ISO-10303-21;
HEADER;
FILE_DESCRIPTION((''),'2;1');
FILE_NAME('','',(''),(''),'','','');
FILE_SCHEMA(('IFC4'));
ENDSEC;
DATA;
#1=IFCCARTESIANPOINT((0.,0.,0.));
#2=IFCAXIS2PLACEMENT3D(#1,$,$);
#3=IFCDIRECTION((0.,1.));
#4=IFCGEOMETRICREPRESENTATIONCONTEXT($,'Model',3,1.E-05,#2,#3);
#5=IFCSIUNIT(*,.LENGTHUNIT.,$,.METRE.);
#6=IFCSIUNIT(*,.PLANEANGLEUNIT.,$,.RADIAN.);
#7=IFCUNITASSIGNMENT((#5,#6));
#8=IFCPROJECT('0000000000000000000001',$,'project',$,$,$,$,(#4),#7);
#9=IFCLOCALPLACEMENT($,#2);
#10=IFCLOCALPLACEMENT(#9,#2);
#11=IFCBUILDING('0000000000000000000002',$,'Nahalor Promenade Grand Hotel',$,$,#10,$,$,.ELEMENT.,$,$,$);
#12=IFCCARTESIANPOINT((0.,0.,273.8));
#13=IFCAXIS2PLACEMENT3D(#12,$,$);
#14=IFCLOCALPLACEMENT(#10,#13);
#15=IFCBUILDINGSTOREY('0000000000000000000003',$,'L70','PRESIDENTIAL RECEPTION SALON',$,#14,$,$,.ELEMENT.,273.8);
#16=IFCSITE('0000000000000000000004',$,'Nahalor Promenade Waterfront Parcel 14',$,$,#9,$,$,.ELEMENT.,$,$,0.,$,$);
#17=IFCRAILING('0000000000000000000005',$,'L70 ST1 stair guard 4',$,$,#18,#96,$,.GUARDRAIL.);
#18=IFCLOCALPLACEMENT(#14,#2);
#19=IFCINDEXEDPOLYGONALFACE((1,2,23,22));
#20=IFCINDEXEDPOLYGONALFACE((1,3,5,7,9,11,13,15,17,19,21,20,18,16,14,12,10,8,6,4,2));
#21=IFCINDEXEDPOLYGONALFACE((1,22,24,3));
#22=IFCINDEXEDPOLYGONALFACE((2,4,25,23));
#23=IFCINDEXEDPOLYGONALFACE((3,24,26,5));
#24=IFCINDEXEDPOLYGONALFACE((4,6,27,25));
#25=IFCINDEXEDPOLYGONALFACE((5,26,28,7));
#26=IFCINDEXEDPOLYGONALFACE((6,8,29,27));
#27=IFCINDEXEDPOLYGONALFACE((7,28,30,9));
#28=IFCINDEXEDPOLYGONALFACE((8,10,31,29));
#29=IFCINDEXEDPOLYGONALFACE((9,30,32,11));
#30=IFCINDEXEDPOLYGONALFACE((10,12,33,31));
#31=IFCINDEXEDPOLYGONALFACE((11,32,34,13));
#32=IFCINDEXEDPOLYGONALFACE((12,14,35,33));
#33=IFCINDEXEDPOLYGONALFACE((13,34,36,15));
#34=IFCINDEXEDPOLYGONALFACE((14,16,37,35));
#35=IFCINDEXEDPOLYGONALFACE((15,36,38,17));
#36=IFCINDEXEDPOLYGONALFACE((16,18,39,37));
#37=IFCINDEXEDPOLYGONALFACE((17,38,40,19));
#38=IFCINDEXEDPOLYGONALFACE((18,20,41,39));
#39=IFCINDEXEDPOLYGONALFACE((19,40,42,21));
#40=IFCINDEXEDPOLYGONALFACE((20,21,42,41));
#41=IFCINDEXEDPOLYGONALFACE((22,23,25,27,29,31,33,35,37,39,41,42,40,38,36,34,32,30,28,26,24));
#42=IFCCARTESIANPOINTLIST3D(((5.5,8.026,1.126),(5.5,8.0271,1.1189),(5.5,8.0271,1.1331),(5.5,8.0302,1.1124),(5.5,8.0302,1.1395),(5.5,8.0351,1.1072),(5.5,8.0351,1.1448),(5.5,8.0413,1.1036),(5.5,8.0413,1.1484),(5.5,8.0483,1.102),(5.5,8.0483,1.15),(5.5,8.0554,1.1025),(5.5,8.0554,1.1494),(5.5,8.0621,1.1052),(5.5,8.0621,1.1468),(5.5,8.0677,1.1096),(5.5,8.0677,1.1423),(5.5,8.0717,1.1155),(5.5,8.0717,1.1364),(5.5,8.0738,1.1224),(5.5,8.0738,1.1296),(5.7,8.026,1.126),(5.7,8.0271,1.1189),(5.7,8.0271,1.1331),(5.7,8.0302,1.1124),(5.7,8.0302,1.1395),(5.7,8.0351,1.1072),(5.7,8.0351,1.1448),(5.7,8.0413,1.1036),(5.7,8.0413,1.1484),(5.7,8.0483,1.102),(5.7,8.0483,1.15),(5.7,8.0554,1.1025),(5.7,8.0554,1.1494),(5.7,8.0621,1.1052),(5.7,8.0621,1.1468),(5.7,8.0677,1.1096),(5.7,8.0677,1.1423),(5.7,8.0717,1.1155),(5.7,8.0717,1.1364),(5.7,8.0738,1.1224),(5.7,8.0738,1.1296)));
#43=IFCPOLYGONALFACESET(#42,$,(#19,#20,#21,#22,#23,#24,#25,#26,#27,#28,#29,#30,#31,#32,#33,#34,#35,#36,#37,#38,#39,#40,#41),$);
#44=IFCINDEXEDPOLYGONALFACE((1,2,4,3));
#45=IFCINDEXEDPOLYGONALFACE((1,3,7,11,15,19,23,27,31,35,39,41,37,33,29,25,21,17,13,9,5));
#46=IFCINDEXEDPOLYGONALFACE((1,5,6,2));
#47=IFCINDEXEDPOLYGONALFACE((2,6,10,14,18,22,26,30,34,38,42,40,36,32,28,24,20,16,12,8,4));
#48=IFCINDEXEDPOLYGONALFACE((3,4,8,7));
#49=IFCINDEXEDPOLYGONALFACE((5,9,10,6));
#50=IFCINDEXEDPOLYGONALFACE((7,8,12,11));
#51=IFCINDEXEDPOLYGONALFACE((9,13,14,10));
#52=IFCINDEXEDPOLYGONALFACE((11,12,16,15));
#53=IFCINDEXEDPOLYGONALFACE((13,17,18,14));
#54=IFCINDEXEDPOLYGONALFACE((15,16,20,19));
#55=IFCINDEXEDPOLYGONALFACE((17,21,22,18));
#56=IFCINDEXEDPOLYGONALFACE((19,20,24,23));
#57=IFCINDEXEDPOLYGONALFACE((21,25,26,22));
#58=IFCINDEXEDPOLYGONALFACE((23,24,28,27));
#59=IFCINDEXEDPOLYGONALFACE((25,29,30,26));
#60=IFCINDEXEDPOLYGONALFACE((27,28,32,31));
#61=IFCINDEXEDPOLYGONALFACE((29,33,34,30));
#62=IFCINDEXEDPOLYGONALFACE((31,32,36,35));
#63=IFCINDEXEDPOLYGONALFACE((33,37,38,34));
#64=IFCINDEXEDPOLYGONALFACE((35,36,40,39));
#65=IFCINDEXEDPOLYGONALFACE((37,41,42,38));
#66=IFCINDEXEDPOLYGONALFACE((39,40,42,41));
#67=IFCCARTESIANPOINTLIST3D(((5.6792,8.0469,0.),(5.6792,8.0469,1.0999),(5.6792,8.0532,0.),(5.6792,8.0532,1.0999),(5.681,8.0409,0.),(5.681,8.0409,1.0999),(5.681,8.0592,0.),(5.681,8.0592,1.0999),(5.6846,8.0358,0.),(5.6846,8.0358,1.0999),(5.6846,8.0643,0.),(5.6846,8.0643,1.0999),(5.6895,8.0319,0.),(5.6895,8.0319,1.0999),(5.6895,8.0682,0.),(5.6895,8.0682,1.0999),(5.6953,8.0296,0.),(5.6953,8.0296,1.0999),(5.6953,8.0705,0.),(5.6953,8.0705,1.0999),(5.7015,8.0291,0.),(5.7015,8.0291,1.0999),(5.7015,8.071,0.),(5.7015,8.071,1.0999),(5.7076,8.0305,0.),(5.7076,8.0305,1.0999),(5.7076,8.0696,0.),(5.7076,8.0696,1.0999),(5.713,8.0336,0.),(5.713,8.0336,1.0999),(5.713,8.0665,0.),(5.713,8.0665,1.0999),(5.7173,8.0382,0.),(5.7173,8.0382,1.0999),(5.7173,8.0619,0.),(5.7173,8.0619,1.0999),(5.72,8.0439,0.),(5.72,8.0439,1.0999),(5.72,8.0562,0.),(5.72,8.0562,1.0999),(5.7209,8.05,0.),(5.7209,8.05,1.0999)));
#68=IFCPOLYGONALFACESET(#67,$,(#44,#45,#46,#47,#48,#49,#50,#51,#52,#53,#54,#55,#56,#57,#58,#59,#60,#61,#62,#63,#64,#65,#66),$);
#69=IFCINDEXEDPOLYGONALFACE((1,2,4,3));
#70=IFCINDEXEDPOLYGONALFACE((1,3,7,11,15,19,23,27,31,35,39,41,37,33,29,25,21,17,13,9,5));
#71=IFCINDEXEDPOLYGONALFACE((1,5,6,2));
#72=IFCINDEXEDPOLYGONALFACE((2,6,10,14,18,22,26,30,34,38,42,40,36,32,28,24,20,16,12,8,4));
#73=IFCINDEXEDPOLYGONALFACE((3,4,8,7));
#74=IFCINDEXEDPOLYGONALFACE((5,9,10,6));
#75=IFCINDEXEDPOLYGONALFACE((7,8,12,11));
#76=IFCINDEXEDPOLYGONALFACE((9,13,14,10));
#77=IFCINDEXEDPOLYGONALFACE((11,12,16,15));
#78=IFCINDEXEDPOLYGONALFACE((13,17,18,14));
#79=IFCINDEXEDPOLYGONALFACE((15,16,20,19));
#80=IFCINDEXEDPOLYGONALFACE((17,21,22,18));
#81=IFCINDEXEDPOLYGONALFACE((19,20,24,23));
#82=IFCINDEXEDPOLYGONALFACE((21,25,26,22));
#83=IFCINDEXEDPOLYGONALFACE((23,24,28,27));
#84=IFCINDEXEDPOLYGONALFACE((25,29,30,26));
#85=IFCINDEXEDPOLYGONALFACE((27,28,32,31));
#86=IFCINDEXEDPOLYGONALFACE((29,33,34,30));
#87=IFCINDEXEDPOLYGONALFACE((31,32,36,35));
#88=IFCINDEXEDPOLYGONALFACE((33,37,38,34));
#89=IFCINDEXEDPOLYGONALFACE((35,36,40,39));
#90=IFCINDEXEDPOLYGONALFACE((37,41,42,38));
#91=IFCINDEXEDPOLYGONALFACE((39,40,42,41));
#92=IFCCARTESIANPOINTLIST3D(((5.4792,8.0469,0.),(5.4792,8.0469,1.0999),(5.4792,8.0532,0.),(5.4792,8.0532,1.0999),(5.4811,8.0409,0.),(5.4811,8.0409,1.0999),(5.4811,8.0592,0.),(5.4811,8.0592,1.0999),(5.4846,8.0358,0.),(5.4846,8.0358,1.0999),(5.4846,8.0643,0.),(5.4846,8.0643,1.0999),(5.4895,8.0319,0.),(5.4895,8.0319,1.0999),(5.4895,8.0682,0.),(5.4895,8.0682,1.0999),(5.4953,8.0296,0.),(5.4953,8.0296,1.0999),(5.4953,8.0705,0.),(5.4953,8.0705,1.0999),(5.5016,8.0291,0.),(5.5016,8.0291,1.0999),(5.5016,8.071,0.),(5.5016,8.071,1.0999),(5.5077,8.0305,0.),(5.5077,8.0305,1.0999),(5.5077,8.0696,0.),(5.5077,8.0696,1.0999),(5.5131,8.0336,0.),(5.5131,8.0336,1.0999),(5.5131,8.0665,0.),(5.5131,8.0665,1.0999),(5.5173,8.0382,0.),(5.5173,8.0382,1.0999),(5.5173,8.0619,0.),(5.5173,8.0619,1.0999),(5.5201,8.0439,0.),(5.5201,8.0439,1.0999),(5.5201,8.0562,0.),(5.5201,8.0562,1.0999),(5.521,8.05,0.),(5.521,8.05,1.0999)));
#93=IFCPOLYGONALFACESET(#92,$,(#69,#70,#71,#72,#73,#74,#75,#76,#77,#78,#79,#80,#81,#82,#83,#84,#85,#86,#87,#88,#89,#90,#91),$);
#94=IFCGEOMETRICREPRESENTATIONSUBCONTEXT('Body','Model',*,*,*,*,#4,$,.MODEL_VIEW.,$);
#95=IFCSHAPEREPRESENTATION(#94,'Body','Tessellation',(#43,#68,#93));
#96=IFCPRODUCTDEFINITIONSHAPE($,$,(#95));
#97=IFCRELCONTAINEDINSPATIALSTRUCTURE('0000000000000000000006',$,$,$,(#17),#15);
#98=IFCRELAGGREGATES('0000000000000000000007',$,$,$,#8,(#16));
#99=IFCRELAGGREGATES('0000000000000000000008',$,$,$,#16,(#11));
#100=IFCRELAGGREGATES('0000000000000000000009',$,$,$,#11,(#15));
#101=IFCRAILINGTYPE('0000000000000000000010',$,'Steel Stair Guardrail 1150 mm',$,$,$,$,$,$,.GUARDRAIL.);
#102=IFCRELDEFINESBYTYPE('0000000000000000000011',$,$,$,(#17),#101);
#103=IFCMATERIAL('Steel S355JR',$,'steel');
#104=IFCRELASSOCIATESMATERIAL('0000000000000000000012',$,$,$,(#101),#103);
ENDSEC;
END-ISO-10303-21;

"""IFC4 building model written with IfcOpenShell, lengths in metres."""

from ifc_helpers import new_model, si_unit, direction, frame, origin, origin_2d, place, context, subcontext, project, spatial, circle, extrude, material, type_object, element, save


model = new_model("IFC4")

# Units and contexts
model_context = context("Model", 3, precision=1e-05, world=origin(), true_north=direction((0.0, 1.0)))
body_context = subcontext(model_context, "Body", "Model", "MODEL_VIEW")
ifc_project = project(units=[si_unit("LENGTHUNIT", "METRE"), si_unit("PLANEANGLEUNIT", "RADIAN")], contexts=[model_context])

# Site, building, storey
site_placement = place(None, origin())
site = spatial("IfcSite", under=ifc_project, at=site_placement, Name="Nahalor Promenade Waterfront Parcel 14", CompositionType="ELEMENT", RefElevation=0.0)
building_placement = place(site_placement, origin())
building = spatial("IfcBuilding", under=site, at=building_placement, Name="Nahalor Promenade Grand Hotel", CompositionType="ELEMENT")
storey_placement = place(building_placement, frame((0.0, 0.0, 273.8)))
storey = spatial("IfcBuildingStorey", under=building, at=storey_placement, Name="L70", Description="PRESIDENTIAL RECEPTION SALON", CompositionType="ELEMENT", Elevation=273.8)

# Shared definitions
ifc_material_1 = material(Name="Steel S355JR", Category="steel")

# Railing
railing_type_1 = type_object("IfcRailingType", Name="Steel Stair Guardrail 1150 mm", PredefinedType="GUARDRAIL", material=ifc_material_1)
railing_1_placement = place(storey_placement, frame((5.7, 8.05, 0.0)))
element("IfcRailing", 1, at=railing_1_placement, inside=storey, type_object=railing_type_1, Name="L70 ST1 stair guard 4", PredefinedType="GUARDRAIL", context=body_context, shape_type="SweptSolid", body=[
    extrude(circle(Radius=0.024, at=origin_2d()), frame((0.0, 0.0, 1.126), z_axis=(-1.0, 0.0, 0.0), x_axis=(0.0, -1.0, 0.0)), (0.0, 0.0, 1.0), 0.2),
    extrude(circle(Radius=0.021, at=origin_2d()), origin(), (0.0, 0.0, 1.0), 1.0999),
    extrude(circle(Radius=0.021, at=origin_2d()), frame((-0.2, 0.0, 0.0)), (0.0, 0.0, 1.0), 1.0999),
])

save(model, "model.ifc")
